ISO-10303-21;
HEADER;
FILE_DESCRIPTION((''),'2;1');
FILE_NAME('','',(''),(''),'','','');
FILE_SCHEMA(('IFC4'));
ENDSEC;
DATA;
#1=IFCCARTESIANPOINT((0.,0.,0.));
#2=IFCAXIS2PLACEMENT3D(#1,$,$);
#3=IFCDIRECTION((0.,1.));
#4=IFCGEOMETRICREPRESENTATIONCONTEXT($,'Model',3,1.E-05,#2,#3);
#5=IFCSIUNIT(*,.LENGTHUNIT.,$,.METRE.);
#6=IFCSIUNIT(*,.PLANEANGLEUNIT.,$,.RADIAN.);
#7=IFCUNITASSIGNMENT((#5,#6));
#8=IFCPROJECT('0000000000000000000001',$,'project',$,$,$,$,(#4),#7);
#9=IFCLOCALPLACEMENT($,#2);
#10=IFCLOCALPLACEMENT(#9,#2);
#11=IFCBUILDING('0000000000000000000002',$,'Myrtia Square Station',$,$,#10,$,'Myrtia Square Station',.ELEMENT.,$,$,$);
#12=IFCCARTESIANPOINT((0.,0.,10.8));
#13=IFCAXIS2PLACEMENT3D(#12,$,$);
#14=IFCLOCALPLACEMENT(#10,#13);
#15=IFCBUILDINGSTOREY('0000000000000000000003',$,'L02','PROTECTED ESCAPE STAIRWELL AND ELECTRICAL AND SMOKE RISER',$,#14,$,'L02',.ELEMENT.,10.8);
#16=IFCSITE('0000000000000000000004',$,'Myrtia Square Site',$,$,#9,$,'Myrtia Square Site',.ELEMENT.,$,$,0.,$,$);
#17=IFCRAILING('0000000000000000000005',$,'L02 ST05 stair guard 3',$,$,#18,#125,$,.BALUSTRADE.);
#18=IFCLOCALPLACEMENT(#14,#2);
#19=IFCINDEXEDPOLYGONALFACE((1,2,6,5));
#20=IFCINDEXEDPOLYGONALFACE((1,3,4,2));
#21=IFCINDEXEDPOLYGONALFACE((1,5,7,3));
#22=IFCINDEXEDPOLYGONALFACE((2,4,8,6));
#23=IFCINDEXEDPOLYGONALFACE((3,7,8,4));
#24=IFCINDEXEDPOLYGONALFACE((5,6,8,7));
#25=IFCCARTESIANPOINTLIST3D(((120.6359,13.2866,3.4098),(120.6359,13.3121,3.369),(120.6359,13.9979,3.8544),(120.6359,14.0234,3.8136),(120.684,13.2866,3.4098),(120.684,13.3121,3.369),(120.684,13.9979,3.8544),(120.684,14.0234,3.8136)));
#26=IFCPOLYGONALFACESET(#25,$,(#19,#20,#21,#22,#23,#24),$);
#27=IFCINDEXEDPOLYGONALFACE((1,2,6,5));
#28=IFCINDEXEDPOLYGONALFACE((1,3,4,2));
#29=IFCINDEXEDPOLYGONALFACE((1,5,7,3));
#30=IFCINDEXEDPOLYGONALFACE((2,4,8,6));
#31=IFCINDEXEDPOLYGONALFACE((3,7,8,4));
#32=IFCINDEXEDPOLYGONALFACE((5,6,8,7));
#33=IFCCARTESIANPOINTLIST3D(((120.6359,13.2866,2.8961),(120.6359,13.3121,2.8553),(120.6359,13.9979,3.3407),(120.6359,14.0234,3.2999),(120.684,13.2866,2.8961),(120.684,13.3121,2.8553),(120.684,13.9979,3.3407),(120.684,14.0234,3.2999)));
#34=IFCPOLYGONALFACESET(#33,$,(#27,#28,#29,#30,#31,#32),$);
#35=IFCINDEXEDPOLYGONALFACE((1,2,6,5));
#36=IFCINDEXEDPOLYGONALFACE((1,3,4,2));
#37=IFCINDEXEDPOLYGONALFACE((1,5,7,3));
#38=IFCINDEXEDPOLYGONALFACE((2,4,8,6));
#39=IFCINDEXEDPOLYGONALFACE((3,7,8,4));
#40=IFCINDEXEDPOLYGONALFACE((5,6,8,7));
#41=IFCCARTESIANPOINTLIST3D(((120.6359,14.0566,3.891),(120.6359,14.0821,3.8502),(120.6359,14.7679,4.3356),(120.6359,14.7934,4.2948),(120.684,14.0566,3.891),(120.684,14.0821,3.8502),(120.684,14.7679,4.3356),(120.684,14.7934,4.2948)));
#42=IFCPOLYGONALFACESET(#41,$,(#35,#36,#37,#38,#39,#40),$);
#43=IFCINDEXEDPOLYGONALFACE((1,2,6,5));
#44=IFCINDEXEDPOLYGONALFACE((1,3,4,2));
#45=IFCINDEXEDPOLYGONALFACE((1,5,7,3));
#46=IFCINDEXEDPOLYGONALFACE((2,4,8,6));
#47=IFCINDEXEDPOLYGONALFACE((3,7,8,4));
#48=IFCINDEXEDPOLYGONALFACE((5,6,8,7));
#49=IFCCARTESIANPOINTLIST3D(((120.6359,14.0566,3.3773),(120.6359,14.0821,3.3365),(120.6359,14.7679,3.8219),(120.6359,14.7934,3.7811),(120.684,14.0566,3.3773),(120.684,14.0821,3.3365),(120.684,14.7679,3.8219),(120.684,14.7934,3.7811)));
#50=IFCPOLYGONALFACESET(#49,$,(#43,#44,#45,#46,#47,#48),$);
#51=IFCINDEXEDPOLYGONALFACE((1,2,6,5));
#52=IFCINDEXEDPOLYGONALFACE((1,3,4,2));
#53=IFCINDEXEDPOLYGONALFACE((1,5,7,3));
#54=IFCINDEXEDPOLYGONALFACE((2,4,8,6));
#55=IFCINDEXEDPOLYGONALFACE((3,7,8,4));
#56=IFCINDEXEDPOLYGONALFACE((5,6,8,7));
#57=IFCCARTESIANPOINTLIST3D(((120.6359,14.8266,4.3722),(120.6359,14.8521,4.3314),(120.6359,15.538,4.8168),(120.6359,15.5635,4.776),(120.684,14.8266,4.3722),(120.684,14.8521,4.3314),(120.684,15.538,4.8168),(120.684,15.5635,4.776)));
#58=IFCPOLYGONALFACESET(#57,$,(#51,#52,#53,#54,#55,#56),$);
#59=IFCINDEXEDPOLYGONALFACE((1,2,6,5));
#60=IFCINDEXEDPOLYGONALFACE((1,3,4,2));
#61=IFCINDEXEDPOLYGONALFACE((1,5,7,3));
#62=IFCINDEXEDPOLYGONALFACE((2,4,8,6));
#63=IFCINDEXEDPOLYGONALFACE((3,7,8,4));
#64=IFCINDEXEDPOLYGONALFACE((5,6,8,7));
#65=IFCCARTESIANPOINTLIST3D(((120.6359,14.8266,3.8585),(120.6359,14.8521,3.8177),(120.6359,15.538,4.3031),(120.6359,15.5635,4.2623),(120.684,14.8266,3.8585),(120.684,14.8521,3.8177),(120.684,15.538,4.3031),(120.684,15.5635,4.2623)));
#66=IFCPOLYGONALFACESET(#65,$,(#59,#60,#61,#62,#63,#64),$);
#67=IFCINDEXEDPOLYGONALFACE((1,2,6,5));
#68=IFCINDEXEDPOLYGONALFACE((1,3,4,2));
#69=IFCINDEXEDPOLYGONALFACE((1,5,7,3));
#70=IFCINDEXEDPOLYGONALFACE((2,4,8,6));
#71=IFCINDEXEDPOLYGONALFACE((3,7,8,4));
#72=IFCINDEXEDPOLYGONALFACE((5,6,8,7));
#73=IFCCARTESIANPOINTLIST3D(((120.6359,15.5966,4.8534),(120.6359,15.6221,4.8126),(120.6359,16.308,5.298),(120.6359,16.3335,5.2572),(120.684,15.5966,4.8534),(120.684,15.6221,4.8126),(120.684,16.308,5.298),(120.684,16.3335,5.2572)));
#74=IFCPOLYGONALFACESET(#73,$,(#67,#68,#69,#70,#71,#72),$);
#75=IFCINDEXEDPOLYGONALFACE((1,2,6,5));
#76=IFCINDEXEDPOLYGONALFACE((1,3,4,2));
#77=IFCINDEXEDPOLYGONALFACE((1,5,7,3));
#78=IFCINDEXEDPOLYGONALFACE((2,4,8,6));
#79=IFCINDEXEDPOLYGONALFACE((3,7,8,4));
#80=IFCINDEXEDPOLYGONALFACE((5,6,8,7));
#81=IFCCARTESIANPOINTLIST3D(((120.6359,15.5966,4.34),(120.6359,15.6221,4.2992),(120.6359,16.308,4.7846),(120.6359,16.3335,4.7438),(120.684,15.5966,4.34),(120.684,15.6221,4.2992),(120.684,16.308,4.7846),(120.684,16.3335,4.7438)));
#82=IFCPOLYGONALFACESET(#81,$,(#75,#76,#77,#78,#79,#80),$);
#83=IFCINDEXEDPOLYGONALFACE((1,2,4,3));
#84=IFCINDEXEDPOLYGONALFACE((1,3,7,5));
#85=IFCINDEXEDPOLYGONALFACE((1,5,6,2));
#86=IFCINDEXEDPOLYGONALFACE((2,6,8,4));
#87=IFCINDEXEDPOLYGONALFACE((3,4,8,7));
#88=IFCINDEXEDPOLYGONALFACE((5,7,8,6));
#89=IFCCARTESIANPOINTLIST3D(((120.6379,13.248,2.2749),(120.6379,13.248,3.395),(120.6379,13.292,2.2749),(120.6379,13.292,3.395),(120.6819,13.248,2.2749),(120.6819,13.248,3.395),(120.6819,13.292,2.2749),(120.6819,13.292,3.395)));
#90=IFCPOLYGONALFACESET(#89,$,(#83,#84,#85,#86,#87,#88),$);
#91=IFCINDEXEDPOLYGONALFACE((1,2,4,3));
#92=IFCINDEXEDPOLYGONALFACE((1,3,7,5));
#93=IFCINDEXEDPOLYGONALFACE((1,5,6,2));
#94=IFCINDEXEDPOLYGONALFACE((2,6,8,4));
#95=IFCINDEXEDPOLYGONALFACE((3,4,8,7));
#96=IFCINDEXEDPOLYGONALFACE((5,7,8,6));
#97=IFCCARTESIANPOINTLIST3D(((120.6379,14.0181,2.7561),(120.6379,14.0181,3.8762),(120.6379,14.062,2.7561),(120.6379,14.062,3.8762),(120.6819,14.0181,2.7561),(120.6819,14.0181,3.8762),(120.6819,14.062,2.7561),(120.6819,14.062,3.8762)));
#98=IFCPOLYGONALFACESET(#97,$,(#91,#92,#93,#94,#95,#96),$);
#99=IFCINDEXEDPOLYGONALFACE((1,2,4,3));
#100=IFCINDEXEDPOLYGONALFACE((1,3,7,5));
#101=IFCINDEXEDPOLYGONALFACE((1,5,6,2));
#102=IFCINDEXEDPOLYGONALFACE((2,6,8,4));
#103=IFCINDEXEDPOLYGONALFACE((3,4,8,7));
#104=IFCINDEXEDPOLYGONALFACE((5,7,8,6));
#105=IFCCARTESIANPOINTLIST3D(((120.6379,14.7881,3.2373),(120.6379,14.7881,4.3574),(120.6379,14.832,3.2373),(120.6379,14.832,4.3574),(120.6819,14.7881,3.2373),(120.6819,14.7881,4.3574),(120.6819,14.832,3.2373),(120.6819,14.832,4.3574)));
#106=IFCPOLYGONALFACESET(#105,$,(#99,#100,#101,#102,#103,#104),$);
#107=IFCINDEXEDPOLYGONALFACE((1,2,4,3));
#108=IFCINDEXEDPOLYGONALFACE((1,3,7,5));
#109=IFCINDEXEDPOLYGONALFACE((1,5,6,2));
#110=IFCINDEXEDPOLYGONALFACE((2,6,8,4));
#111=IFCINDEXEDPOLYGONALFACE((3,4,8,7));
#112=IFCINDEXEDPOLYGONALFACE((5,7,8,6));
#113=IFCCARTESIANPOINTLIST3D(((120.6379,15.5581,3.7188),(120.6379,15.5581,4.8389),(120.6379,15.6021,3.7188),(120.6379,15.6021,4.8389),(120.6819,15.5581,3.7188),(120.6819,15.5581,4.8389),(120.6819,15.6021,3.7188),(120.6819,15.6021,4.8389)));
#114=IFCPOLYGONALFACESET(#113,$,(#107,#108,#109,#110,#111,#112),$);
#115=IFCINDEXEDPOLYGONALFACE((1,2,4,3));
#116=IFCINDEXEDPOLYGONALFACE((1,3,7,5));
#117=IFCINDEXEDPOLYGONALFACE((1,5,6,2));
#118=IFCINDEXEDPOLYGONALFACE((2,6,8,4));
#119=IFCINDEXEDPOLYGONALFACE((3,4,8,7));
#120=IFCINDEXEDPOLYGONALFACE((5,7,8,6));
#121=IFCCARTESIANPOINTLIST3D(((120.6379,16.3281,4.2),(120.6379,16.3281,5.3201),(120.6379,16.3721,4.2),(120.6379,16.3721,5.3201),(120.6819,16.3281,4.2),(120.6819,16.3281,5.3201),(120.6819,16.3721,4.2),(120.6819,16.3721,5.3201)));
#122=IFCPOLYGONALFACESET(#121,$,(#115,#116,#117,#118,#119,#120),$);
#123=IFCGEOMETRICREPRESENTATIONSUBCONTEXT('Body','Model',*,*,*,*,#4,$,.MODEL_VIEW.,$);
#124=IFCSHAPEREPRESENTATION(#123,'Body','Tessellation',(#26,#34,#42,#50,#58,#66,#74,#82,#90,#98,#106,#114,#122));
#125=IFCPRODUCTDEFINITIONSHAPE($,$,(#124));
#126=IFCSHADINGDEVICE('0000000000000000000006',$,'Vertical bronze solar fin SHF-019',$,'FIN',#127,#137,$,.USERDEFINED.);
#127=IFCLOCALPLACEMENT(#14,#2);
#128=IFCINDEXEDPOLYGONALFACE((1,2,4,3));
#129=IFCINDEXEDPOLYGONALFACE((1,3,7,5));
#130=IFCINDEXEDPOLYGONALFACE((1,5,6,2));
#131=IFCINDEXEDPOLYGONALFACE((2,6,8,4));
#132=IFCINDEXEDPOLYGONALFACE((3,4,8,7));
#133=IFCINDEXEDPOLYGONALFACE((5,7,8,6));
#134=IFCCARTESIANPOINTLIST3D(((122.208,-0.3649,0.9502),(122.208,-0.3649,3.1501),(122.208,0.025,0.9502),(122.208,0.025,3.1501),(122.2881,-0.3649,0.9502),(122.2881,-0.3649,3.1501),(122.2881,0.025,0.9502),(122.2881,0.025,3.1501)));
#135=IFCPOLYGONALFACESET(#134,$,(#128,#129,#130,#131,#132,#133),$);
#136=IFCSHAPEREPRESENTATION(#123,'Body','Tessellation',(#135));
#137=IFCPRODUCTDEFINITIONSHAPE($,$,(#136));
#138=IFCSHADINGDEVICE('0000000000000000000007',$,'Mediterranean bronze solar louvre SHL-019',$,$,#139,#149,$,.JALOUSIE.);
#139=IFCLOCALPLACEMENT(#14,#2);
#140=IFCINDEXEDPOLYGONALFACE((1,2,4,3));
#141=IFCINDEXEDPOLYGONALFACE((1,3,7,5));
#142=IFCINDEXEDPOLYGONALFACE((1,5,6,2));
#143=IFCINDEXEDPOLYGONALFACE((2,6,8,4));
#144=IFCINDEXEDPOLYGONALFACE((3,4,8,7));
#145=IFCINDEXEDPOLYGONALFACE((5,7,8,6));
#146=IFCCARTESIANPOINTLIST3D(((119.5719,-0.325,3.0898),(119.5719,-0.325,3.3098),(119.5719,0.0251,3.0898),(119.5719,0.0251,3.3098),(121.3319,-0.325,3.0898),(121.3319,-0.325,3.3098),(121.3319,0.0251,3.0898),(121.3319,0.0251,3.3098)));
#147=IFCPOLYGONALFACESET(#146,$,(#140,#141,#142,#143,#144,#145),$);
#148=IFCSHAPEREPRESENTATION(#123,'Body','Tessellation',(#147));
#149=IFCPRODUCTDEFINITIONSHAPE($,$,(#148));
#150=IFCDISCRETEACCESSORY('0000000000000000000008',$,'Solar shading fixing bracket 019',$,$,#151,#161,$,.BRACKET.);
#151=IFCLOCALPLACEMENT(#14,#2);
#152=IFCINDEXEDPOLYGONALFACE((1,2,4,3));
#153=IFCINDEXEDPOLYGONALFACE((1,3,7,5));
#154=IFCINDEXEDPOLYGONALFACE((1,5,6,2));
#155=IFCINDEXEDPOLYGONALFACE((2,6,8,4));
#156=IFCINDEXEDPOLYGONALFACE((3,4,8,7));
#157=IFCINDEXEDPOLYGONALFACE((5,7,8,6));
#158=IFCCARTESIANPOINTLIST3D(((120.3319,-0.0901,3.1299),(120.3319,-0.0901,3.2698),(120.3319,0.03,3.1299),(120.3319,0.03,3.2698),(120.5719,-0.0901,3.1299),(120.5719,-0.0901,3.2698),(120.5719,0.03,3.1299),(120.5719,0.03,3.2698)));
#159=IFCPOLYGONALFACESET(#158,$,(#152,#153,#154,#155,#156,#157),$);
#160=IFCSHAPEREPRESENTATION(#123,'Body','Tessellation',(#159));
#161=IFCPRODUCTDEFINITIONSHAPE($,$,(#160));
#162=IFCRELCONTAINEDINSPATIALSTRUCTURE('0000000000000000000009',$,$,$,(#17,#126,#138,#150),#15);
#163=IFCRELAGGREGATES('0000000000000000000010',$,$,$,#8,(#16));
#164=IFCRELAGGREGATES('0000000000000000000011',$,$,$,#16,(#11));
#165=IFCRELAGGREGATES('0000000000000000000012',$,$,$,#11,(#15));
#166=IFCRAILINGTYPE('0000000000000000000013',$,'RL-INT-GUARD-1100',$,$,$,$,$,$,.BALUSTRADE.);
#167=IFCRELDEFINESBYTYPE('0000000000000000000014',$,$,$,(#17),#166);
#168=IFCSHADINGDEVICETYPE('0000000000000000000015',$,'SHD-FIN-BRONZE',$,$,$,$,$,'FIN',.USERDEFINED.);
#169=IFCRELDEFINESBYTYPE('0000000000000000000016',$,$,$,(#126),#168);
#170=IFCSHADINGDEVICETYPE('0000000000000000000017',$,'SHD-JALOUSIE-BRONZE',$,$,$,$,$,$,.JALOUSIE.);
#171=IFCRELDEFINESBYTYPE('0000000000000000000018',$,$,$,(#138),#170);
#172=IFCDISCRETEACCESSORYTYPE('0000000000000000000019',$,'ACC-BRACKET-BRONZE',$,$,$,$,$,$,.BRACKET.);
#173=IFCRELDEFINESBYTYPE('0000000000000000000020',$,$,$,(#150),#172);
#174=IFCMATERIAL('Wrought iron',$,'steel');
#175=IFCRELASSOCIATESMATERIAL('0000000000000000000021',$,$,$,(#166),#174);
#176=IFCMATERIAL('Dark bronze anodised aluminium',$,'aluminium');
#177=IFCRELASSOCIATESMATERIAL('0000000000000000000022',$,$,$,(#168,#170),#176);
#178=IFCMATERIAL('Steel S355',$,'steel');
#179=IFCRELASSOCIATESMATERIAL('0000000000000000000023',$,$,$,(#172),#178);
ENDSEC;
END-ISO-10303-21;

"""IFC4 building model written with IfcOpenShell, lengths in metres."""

from ifc_helpers import new_model, si_unit, direction, frame, origin, origin_2d, place, context, subcontext, project, spatial, rectangle, extrude, material, type_object, element, save


model = new_model("IFC4")

# Units and contexts
model_context = context("Model", 3, precision=1e-05, world=origin(), true_north=direction((0.0, 1.0)))
body_context = subcontext(model_context, "Body", "Model", "MODEL_VIEW")
ifc_project = project(units=[si_unit("LENGTHUNIT", "METRE"), si_unit("PLANEANGLEUNIT", "RADIAN")], contexts=[model_context])

# Site, building, storey
site_placement = place(None, origin())
site = spatial("IfcSite", under=ifc_project, at=site_placement, Name="Myrtia Square Site", LongName="Myrtia Square Site", CompositionType="ELEMENT", RefElevation=0.0)
building_placement = place(site_placement, origin())
building = spatial("IfcBuilding", under=site, at=building_placement, Name="Myrtia Square Station", LongName="Myrtia Square Station", CompositionType="ELEMENT")
storey_placement = place(building_placement, frame((0.0, 0.0, 10.8)))
storey = spatial("IfcBuildingStorey", under=building, at=storey_placement, Name="L02", Description="PROTECTED ESCAPE STAIRWELL AND ELECTRICAL AND SMOKE RISER", LongName="L02", CompositionType="ELEMENT", Elevation=10.8)

# Shared definitions
ifc_material_1 = material(Name="Steel S355", Category="steel")

# Shared definitions
ifc_material_2 = material(Name="Dark bronze anodised aluminium", Category="aluminium")

# Railing
ifc_material_3 = material(Name="Wrought iron", Category="steel")
railing_type_1 = type_object("IfcRailingType", Name="RL-INT-GUARD-1100", PredefinedType="BALUSTRADE", material=ifc_material_3)
railing_1_placement = place(storey_placement, frame((120.6599, 13.27, 2.2749)))
element("IfcRailing", 1, at=railing_1_placement, inside=storey, type_object=railing_type_1, Name="L02 ST05 stair guard 3", PredefinedType="BALUSTRADE", context=body_context, shape_type="SweptSolid", body=[
    extrude(rectangle(XDim=0.0481, YDim=0.0481, at=origin_2d()), frame((0.0, 0.0293, 1.1145), z_axis=(0.0, 0.847998, 0.529999), x_axis=(-1.0, 0.0, 0.0)), (0.0, 0.0, 1.0), 0.8389),
    extrude(rectangle(XDim=0.0481, YDim=0.0481, at=origin_2d()), frame((0.0, 0.0293, 0.6008), z_axis=(0.0, 0.847998, 0.529999), x_axis=(-1.0, 0.0, 0.0)), (0.0, 0.0, 1.0), 0.8389),
    extrude(rectangle(XDim=0.0481, YDim=0.0481, at=origin_2d()), frame((0.0, 0.7993, 1.5957), z_axis=(0.0, 0.847998, 0.529999), x_axis=(-1.0, 0.0, 0.0)), (0.0, 0.0, 1.0), 0.8389),
    extrude(rectangle(XDim=0.0481, YDim=0.0481, at=origin_2d()), frame((0.0, 0.7993, 1.082), z_axis=(0.0, 0.847998, 0.529999), x_axis=(-1.0, 0.0, 0.0)), (0.0, 0.0, 1.0), 0.8389),
    extrude(rectangle(XDim=0.0481, YDim=0.0481, at=origin_2d()), frame((0.0, 1.5693, 2.0769), z_axis=(0.0, 0.847998, 0.529999), x_axis=(-1.0, 0.0, 0.0)), (0.0, 0.0, 1.0), 0.8389),
    extrude(rectangle(XDim=0.0481, YDim=0.0481, at=origin_2d()), frame((0.0, 1.5693, 1.5632), z_axis=(0.0, 0.847998, 0.529999), x_axis=(-1.0, 0.0, 0.0)), (0.0, 0.0, 1.0), 0.8389),
    extrude(rectangle(XDim=0.0481, YDim=0.0481, at=origin_2d()), frame((0.0, 2.3394, 2.5581), z_axis=(0.0, 0.847998, 0.529999), x_axis=(-1.0, 0.0, 0.0)), (0.0, 0.0, 1.0), 0.8389),
    extrude(rectangle(XDim=0.0481, YDim=0.0481, at=origin_2d()), frame((0.0, 2.3394, 2.0447), z_axis=(0.0, 0.847998, 0.529999), x_axis=(-1.0, 0.0, 0.0)), (0.0, 0.0, 1.0), 0.8389),
    extrude(rectangle(XDim=0.0439, YDim=0.0439, at=origin_2d()), origin(), (0.0, 0.0, 1.0), 1.1201),
    extrude(rectangle(XDim=0.0439, YDim=0.0439, at=origin_2d()), frame((0.0, 0.77, 0.4812)), (0.0, 0.0, 1.0), 1.1201),
    extrude(rectangle(XDim=0.0439, YDim=0.0439, at=origin_2d()), frame((0.0, 1.54, 0.9624)), (0.0, 0.0, 1.0), 1.1201),
    extrude(rectangle(XDim=0.0439, YDim=0.0439, at=origin_2d()), frame((0.0, 2.3101, 1.4438)), (0.0, 0.0, 1.0), 1.1201),
    extrude(rectangle(XDim=0.0439, YDim=0.0439, at=origin_2d()), frame((0.0, 3.0801, 1.925)), (0.0, 0.0, 1.0), 1.1201),
])

# Shading devices
shading_device_type_1 = type_object("IfcShadingDeviceType", Name="SHD-FIN-BRONZE", ElementType="FIN", PredefinedType="USERDEFINED", material=ifc_material_2)
shading_device_1_placement = place(storey_placement, frame((122.248, -0.1699, 0.9502), z_axis=(0.0, 0.0, 1.0), x_axis=(1.0, 0.0, 0.0)))
element("IfcShadingDevice", 2, at=shading_device_1_placement, inside=storey, type_object=shading_device_type_1, Name="Vertical bronze solar fin SHF-019", ObjectType="FIN", PredefinedType="USERDEFINED", context=body_context, shape_type="SweptSolid", body=[
    extrude(rectangle(XDim=0.0801, YDim=0.3899, at=origin_2d()), origin(), (0.0, 0.0, 1.0), 2.2),
])
shading_device_type_2 = type_object("IfcShadingDeviceType", Name="SHD-JALOUSIE-BRONZE", PredefinedType="JALOUSIE", material=ifc_material_2)
shading_device_2_placement = place(storey_placement, frame((120.4519, -0.1499, 3.0898), z_axis=(0.0, 0.0, 1.0), x_axis=(1.0, 0.0, 0.0)))
element("IfcShadingDevice", 3, at=shading_device_2_placement, inside=storey, type_object=shading_device_type_2, Name="Mediterranean bronze solar louvre SHL-019", PredefinedType="JALOUSIE", context=body_context, shape_type="SweptSolid", body=[
    extrude(rectangle(XDim=1.76, YDim=0.3501, at=origin_2d()), origin(), (0.0, 0.0, 1.0), 0.22),
])

# Discrete accessory
discrete_accessory_type = type_object("IfcDiscreteAccessoryType", Name="ACC-BRACKET-BRONZE", PredefinedType="BRACKET", material=ifc_material_1)
discrete_accessory_placement = place(storey_placement, frame((120.4519, -0.03, 3.1299), z_axis=(0.0, 0.0, 1.0), x_axis=(1.0, 0.0, 0.0)))
element("IfcDiscreteAccessory", 4, at=discrete_accessory_placement, inside=storey, type_object=discrete_accessory_type, Name="Solar shading fixing bracket 019", PredefinedType="BRACKET", context=body_context, shape_type="SweptSolid", body=[
    extrude(rectangle(XDim=0.24, YDim=0.1201, at=origin_2d()), origin(), (0.0, 0.0, 1.0), 0.1399),
])

save(model, "model.ifc")
